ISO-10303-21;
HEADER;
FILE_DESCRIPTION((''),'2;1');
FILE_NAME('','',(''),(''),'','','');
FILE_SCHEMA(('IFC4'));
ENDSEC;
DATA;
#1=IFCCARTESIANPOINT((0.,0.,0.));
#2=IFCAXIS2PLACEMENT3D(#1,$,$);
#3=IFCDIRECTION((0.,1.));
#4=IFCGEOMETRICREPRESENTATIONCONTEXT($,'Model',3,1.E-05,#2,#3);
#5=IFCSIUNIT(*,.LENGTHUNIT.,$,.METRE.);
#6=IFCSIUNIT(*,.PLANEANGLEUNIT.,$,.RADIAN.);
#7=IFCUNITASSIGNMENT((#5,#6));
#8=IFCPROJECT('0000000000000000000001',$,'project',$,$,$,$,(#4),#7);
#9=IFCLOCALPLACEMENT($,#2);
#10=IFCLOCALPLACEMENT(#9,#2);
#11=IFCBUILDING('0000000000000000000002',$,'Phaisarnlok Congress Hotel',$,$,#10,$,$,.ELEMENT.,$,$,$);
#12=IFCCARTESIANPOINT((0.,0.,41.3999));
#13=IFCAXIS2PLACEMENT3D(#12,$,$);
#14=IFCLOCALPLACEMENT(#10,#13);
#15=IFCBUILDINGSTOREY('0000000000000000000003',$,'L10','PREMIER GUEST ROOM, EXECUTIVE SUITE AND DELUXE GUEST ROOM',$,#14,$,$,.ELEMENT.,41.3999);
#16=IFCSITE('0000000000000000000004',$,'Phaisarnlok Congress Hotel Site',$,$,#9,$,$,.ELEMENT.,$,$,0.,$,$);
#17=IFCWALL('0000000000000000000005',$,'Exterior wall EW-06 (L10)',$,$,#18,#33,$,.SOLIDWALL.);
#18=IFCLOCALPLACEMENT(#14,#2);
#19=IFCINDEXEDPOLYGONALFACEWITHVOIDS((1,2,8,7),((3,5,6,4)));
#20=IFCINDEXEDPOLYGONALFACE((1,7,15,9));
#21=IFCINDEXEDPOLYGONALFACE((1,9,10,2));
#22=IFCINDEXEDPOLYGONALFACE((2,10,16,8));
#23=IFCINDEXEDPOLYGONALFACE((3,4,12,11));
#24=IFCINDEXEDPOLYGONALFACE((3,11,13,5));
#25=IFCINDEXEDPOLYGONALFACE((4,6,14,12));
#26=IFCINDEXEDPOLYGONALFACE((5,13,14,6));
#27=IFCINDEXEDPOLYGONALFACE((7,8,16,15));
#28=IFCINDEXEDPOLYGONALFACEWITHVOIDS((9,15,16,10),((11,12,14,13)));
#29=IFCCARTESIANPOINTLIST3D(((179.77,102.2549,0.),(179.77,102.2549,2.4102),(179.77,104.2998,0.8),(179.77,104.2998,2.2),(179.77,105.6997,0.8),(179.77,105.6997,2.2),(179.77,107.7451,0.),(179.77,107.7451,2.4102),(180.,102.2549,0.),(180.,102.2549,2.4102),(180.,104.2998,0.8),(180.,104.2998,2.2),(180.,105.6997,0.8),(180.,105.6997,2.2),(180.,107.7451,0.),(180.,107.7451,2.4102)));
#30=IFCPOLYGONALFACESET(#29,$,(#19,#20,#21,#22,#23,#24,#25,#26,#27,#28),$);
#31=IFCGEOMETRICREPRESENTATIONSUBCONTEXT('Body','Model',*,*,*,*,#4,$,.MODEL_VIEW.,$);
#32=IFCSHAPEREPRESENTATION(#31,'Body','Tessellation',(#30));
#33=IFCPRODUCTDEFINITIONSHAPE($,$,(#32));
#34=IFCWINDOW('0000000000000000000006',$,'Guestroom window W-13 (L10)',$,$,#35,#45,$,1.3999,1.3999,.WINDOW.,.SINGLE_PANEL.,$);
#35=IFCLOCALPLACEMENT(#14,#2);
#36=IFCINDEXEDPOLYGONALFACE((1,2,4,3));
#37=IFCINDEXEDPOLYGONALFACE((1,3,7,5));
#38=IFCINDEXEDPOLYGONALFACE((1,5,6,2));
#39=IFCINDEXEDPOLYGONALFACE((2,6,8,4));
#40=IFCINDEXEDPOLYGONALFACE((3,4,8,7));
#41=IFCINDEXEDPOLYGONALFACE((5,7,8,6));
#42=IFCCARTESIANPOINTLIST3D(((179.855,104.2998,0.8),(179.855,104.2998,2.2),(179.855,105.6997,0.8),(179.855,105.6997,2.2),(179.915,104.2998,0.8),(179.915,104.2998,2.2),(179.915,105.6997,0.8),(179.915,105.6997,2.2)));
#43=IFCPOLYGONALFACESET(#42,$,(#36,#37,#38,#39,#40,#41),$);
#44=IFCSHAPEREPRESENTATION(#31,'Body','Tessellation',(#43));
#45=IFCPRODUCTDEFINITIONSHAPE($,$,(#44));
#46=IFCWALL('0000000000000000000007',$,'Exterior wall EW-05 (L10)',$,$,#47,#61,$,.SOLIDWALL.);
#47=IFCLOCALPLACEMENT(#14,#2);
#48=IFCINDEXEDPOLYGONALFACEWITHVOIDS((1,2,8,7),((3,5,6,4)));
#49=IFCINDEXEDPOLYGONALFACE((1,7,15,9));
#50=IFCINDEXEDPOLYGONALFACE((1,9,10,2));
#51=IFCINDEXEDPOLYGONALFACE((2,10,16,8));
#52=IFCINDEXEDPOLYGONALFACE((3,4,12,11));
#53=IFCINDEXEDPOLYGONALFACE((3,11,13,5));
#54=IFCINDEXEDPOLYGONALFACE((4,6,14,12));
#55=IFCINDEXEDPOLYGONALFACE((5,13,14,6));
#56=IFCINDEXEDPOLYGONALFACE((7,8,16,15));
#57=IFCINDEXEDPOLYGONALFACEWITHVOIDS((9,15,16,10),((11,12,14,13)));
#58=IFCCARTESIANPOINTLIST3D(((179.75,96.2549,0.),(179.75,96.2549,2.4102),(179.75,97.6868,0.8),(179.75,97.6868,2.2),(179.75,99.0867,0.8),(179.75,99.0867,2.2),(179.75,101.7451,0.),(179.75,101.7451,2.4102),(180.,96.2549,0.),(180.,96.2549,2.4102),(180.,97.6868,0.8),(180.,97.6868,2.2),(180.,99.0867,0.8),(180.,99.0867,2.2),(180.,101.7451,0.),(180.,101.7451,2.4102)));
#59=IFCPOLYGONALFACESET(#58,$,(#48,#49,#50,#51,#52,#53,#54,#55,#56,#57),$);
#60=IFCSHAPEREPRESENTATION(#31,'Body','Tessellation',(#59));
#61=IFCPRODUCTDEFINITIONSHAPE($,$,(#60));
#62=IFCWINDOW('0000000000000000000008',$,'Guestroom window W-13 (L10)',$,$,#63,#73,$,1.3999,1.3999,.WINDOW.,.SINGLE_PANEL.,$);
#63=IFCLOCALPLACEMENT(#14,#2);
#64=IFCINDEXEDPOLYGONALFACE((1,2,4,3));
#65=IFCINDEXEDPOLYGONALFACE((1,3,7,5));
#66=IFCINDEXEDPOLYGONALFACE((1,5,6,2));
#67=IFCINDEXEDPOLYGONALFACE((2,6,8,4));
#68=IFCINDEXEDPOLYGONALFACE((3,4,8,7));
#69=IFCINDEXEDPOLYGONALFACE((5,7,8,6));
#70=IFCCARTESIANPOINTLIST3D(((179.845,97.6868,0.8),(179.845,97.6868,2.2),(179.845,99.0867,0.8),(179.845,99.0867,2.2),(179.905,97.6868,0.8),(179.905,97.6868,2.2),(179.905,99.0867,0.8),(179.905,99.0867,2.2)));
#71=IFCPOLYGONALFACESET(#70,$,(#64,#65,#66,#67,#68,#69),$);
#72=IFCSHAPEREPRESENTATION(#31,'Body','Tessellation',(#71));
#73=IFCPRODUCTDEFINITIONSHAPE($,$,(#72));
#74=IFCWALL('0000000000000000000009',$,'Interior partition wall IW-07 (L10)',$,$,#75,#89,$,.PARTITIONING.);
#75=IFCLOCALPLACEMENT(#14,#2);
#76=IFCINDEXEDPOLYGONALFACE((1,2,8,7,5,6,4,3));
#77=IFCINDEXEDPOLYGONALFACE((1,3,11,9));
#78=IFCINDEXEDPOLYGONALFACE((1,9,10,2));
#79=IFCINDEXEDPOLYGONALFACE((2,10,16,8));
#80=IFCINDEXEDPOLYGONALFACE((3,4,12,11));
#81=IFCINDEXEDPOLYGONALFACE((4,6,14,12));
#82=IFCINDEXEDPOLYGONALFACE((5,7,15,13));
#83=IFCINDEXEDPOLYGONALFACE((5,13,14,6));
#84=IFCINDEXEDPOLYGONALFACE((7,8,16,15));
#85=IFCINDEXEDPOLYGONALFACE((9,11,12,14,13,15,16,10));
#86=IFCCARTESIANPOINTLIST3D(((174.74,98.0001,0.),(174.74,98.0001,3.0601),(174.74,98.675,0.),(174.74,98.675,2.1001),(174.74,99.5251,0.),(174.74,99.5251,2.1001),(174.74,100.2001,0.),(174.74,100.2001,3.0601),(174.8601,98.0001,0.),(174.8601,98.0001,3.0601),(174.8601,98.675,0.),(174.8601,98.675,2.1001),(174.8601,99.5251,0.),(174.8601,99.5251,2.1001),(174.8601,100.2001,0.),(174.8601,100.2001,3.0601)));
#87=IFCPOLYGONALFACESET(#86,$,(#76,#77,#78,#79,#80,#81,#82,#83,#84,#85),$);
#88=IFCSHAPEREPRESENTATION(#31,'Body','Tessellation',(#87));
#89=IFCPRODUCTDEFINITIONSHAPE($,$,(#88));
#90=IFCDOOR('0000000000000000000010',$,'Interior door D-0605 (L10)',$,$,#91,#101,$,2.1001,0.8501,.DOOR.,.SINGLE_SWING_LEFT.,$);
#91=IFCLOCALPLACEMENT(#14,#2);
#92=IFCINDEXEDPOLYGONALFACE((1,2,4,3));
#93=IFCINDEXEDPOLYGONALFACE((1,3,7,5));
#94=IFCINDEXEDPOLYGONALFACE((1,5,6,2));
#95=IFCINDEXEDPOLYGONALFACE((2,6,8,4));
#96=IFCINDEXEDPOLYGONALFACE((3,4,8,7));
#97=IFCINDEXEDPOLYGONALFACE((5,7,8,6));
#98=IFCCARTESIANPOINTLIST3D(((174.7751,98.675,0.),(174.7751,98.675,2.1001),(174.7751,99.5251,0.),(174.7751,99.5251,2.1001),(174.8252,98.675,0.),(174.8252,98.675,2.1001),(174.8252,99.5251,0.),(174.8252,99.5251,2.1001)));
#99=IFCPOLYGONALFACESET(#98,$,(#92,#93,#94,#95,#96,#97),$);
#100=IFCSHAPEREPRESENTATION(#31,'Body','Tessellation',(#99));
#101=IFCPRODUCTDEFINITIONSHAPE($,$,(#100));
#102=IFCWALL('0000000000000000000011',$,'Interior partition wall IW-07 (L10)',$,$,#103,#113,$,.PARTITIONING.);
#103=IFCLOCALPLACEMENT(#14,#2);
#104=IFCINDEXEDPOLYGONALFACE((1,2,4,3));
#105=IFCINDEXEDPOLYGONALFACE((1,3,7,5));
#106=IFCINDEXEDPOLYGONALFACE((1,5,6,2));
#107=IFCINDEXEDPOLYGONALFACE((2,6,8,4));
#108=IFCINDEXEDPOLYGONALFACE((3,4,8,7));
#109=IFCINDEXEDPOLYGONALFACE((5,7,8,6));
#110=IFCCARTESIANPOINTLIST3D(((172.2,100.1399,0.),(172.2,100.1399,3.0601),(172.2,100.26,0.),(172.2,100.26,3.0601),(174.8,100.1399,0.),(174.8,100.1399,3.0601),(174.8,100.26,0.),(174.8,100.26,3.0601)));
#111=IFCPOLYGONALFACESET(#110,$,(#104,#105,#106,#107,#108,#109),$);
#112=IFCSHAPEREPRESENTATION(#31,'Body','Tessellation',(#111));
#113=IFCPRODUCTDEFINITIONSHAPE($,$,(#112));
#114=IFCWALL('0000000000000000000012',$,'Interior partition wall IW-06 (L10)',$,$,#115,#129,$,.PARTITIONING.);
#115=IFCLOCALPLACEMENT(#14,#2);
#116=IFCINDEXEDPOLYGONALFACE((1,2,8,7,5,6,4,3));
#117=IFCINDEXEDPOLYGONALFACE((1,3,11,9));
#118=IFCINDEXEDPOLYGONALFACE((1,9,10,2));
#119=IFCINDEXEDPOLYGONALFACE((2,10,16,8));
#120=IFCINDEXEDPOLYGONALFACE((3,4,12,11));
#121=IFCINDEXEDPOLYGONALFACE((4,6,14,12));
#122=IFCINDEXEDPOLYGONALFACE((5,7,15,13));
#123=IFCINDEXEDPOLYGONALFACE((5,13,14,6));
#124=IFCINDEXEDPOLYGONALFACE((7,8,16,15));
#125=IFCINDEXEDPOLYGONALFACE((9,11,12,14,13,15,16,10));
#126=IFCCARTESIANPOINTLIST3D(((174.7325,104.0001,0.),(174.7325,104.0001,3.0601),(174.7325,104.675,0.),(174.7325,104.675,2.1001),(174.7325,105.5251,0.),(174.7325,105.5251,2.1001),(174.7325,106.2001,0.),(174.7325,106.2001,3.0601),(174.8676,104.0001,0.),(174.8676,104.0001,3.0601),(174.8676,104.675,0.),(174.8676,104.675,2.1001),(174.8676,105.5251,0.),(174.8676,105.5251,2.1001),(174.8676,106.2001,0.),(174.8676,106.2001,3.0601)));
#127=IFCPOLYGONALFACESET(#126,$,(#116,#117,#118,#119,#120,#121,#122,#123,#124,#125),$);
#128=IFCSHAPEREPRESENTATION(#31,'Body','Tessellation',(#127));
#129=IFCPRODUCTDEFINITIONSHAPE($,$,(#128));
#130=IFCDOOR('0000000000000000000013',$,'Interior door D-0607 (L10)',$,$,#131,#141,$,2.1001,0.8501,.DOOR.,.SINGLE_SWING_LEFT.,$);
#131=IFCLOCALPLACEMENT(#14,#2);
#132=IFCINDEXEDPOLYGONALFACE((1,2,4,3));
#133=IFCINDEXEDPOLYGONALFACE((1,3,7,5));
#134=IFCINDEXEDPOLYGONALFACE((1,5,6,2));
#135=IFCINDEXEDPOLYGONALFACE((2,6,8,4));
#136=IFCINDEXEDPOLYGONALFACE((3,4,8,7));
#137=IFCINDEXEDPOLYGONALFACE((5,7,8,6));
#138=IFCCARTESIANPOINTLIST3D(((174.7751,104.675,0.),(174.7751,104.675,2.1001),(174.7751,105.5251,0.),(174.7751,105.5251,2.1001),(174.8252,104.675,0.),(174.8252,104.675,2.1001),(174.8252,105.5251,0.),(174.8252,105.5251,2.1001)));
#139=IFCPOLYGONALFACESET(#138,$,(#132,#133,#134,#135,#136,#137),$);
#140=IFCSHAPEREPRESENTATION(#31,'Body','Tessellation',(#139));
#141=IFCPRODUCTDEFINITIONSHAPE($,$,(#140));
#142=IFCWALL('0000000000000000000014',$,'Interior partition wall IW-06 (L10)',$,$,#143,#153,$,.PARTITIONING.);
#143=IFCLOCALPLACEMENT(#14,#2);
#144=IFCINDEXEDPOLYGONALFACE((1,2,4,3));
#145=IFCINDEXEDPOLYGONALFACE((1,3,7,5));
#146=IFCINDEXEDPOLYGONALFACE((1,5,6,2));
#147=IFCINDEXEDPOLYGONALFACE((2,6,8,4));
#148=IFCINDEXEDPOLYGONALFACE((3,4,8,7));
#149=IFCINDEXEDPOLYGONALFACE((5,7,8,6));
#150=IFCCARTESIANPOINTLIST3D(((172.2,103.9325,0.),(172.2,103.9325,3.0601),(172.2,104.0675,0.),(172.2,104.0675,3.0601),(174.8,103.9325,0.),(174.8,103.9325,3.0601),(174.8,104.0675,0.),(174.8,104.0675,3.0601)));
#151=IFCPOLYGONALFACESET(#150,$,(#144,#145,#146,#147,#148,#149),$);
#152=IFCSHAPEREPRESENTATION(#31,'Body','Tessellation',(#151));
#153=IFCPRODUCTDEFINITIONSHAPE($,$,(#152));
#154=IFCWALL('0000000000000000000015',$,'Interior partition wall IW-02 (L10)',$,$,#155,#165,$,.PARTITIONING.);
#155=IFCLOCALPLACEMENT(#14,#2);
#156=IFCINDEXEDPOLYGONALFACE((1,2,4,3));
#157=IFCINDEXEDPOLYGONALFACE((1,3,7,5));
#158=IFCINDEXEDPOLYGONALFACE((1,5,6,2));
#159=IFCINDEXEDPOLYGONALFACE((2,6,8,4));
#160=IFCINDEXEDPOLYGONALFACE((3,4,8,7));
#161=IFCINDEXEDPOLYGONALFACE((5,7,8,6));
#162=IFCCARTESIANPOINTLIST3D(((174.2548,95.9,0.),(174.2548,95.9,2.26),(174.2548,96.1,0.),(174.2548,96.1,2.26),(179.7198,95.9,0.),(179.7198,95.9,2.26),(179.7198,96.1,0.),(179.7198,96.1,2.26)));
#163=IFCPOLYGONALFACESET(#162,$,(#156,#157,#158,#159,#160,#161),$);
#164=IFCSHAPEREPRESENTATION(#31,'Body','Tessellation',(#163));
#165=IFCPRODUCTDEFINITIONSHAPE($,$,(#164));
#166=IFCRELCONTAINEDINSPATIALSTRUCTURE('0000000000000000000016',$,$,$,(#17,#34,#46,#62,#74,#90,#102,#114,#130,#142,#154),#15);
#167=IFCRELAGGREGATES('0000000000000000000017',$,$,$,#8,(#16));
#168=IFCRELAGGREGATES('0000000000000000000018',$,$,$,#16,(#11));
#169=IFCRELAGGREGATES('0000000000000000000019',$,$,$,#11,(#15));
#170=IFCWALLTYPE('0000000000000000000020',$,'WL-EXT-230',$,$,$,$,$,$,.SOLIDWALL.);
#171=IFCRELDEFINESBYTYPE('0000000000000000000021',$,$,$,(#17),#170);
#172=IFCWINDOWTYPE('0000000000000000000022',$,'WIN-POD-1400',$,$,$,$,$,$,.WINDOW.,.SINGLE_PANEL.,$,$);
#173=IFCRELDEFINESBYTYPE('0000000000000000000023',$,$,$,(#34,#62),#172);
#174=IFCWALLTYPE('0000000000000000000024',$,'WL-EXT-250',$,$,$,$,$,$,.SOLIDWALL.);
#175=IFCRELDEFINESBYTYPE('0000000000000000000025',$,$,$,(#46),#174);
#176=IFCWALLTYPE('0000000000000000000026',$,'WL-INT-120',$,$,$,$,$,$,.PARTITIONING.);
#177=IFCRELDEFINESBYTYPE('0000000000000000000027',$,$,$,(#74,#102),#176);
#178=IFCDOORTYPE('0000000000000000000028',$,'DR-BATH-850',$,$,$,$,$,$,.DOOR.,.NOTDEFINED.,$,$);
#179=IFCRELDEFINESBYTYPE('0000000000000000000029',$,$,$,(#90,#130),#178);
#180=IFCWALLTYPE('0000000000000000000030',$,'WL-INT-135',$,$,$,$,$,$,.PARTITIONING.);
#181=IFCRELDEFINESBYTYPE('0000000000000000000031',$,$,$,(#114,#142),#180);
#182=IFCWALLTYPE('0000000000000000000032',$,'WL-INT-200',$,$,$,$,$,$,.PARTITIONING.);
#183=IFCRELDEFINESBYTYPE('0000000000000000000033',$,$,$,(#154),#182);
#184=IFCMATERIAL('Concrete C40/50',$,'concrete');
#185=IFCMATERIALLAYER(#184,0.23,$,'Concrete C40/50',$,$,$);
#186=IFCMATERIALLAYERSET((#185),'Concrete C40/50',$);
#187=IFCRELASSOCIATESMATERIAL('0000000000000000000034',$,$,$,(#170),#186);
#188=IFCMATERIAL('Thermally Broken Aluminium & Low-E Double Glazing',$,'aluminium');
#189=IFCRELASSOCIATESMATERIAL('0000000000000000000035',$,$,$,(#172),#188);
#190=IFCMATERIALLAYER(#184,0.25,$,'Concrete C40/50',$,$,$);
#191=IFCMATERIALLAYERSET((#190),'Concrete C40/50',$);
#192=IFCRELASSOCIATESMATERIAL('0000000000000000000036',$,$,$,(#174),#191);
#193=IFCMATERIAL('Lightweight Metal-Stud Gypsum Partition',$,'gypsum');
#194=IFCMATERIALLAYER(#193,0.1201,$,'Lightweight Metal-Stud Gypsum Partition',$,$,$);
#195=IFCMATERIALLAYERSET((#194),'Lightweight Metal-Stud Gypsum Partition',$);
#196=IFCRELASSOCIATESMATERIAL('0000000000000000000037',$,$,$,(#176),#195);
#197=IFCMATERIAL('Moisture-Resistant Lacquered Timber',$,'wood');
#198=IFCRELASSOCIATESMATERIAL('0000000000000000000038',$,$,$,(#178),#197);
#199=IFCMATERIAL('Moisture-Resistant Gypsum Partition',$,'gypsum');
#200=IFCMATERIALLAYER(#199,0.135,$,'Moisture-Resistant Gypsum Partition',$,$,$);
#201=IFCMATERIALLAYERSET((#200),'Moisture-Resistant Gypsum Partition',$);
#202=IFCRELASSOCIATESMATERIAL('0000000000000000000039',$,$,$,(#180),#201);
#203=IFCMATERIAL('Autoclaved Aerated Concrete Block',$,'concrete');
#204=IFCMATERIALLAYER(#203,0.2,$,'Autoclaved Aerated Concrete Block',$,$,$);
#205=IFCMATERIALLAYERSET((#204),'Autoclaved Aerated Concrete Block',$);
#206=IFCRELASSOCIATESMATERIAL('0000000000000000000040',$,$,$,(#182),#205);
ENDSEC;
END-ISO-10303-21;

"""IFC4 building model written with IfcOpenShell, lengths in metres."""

from ifc_helpers import new_model, si_unit, direction, frame, frame_2d, origin, place, context, subcontext, project, spatial, rectangle, extrude, material, layer, layer_set, type_object, element, fill, save


model = new_model("IFC4")

# Units and contexts
model_context = context("Model", 3, precision=1e-05, world=origin(), true_north=direction((0.0, 1.0)))
body_context = subcontext(model_context, "Body", "Model", "MODEL_VIEW")
ifc_project = project(units=[si_unit("LENGTHUNIT", "METRE"), si_unit("PLANEANGLEUNIT", "RADIAN")], contexts=[model_context])

# Site, building, storey
site_placement = place(None, origin())
site = spatial("IfcSite", under=ifc_project, at=site_placement, Name="Phaisarnlok Congress Hotel Site", CompositionType="ELEMENT", RefElevation=0.0)
building_placement = place(site_placement, origin())
building = spatial("IfcBuilding", under=site, at=building_placement, Name="Phaisarnlok Congress Hotel", CompositionType="ELEMENT")
storey_placement = place(building_placement, frame((0.0, 0.0, 41.3999)))
storey = spatial("IfcBuildingStorey", under=building, at=storey_placement, Name="L10", Description="PREMIER GUEST ROOM, EXECUTIVE SUITE AND DELUXE GUEST ROOM", CompositionType="ELEMENT", Elevation=41.3999)

# Shared definitions
ifc_material_1 = material(Name="Concrete C40/50", Category="concrete")

# Walls, openings, windows
ifc_layer_1 = layer(ifc_material_1, 0.23, Name="Concrete C40/50")
ifc_layer_set_1 = layer_set([ifc_layer_1], Name="Concrete C40/50")
wall_type_1 = type_object("IfcWallType", Name="WL-EXT-230", PredefinedType="SOLIDWALL", material=ifc_layer_set_1)
wall_1_placement = place(storey_placement, frame((179.885, 102.2549, 0.0), z_axis=(0.0, 0.0, 1.0), x_axis=(0.0, 1.0, 0.0)))
wall_1 = element("IfcWall", 1, at=wall_1_placement, inside=storey, type_object=wall_type_1, Name="Exterior wall EW-06 (L10)", PredefinedType="SOLIDWALL", context=body_context, shape_type="SweptSolid", body=[
    extrude(rectangle(XDim=5.4902, YDim=0.23, at=frame_2d((2.7451, 0.0))), origin(), (0.0, 0.0, 1.0), 2.4102),
])
opening_1_placement = place(wall_1_placement, frame((2.0449, 0.0, 0.8)))
opening_1 = element("IfcOpeningElement", 2, at=opening_1_placement, cuts=wall_1, PredefinedType="OPENING", context=body_context, shape_type="SweptSolid", body=[
    extrude(rectangle(XDim=1.3999, YDim=1.3999, at=frame_2d((0.7, 0.7))), frame((0.0, 0.125, 0.0), z_axis=(0.0, -1.0, 0.0), x_axis=(1.0, 0.0, 0.0)), (0.0, 0.0, 1.0), 0.25),
])
ifc_material_2 = material(Name="Thermally Broken Aluminium & Low-E Double Glazing", Category="aluminium")
window_type = type_object("IfcWindowType", Name="WIN-POD-1400", PartitioningType="SINGLE_PANEL", PredefinedType="WINDOW", material=ifc_material_2)
window_1_placement = place(opening_1_placement, origin())
window_1 = element("IfcWindow", 3, at=window_1_placement, inside=storey, type_object=window_type, Name="Guestroom window W-13 (L10)", OverallHeight=1.3999, OverallWidth=1.3999, PartitioningType="SINGLE_PANEL", PredefinedType="WINDOW", context=body_context, shape_type="SweptSolid", body=[
    extrude(rectangle(XDim=1.3999, YDim=1.3999, at=frame_2d((0.7, 0.7))), frame((0.0, 0.03, 0.0), z_axis=(0.0, -1.0, 0.0), x_axis=(1.0, 0.0, 0.0)), (0.0, 0.0, 1.0), 0.0601),
])
fill(opening_1, window_1)
ifc_layer_2 = layer(ifc_material_1, 0.25, Name="Concrete C40/50")
ifc_layer_set_2 = layer_set([ifc_layer_2], Name="Concrete C40/50")
wall_type_2 = type_object("IfcWallType", Name="WL-EXT-250", PredefinedType="SOLIDWALL", material=ifc_layer_set_2)
wall_2_placement = place(storey_placement, frame((179.875, 96.2549, 0.0), z_axis=(0.0, 0.0, 1.0), x_axis=(0.0, 1.0, 0.0)))
wall_2 = element("IfcWall", 4, at=wall_2_placement, inside=storey, type_object=wall_type_2, Name="Exterior wall EW-05 (L10)", PredefinedType="SOLIDWALL", context=body_context, shape_type="SweptSolid", body=[
    extrude(rectangle(XDim=5.4902, YDim=0.25, at=frame_2d((2.7451, 0.0))), origin(), (0.0, 0.0, 1.0), 2.4102),
])
opening_2_placement = place(wall_2_placement, frame((1.4319, 0.0, 0.8)))
opening_2 = element("IfcOpeningElement", 5, at=opening_2_placement, cuts=wall_2, PredefinedType="OPENING", context=body_context, shape_type="SweptSolid", body=[
    extrude(rectangle(XDim=1.3999, YDim=1.3999, at=frame_2d((0.7, 0.7))), frame((0.0, 0.135, 0.0), z_axis=(0.0, -1.0, 0.0), x_axis=(1.0, 0.0, 0.0)), (0.0, 0.0, 1.0), 0.27),
])
window_2_placement = place(opening_2_placement, origin())
window_2 = element("IfcWindow", 6, at=window_2_placement, inside=storey, type_object=window_type, Name="Guestroom window W-13 (L10)", OverallHeight=1.3999, OverallWidth=1.3999, PartitioningType="SINGLE_PANEL", PredefinedType="WINDOW", context=body_context, shape_type="SweptSolid", body=[
    extrude(rectangle(XDim=1.3999, YDim=1.3999, at=frame_2d((0.7, 0.7))), frame((0.0, 0.03, 0.0), z_axis=(0.0, -1.0, 0.0), x_axis=(1.0, 0.0, 0.0)), (0.0, 0.0, 1.0), 0.0601),
])
fill(opening_2, window_2)

# Wall, opening, door
ifc_material_3 = material(Name="Lightweight Metal-Stud Gypsum Partition", Category="gypsum")
ifc_layer_3 = layer(ifc_material_3, 0.1201, Name="Lightweight Metal-Stud Gypsum Partition")
ifc_layer_set_3 = layer_set([ifc_layer_3], Name="Lightweight Metal-Stud Gypsum Partition")
wall_type_3 = type_object("IfcWallType", Name="WL-INT-120", PredefinedType="PARTITIONING", material=ifc_layer_set_3)
wall_3_placement = place(storey_placement, frame((174.8, 98.0, 0.0), z_axis=(0.0, 0.0, 1.0), x_axis=(0.0, 1.0, 0.0)))
wall_3 = element("IfcWall", 7, at=wall_3_placement, inside=storey, type_object=wall_type_3, Name="Interior partition wall IW-07 (L10)", PredefinedType="PARTITIONING", context=body_context, shape_type="SweptSolid", body=[
    extrude(rectangle(XDim=2.2, YDim=0.1201, at=frame_2d((1.1001, 0.0))), origin(), (0.0, 0.0, 1.0), 3.0601),
])
opening_3_placement = place(wall_3_placement, frame((0.675, 0.0, 0.0)))
opening_3 = element("IfcOpeningElement", 8, at=opening_3_placement, cuts=wall_3, PredefinedType="OPENING", context=body_context, shape_type="SweptSolid", body=[
    extrude(rectangle(XDim=0.8501, YDim=2.1001, at=frame_2d((0.425, 1.05))), frame((0.0, 0.0701, 0.0), z_axis=(0.0, -1.0, 0.0), x_axis=(1.0, 0.0, 0.0)), (0.0, 0.0, 1.0), 0.1401),
])
ifc_material_4 = material(Name="Moisture-Resistant Lacquered Timber", Category="wood")
door_type = type_object("IfcDoorType", Name="DR-BATH-850", OperationType="NOTDEFINED", PredefinedType="DOOR", material=ifc_material_4)
door_1_placement = place(opening_3_placement, origin())
door_1 = element("IfcDoor", 9, at=door_1_placement, inside=storey, type_object=door_type, Name="Interior door D-0605 (L10)", OperationType="SINGLE_SWING_LEFT", OverallHeight=2.1001, OverallWidth=0.8501, PredefinedType="DOOR", context=body_context, shape_type="SweptSolid", body=[
    extrude(rectangle(XDim=0.8501, YDim=2.1001, at=frame_2d((0.425, 1.05))), frame((0.0, 0.0249, 0.0), z_axis=(0.0, -1.0, 0.0), x_axis=(1.0, 0.0, 0.0)), (0.0, 0.0, 1.0), 0.05),
])
fill(opening_3, door_1)

# Wall
wall_4_placement = place(storey_placement, frame((172.2, 100.2, 0.0), z_axis=(0.0, 0.0, 1.0), x_axis=(1.0, 0.0, 0.0)))
element("IfcWall", 10, at=wall_4_placement, inside=storey, type_object=wall_type_3, Name="Interior partition wall IW-07 (L10)", PredefinedType="PARTITIONING", context=body_context, shape_type="SweptSolid", body=[
    extrude(rectangle(XDim=2.6001, YDim=0.1201, at=frame_2d((1.3, 0.0))), origin(), (0.0, 0.0, 1.0), 3.0601),
])

# Wall, opening, door
ifc_material_5 = material(Name="Moisture-Resistant Gypsum Partition", Category="gypsum")
ifc_layer_4 = layer(ifc_material_5, 0.135, Name="Moisture-Resistant Gypsum Partition")
ifc_layer_set_4 = layer_set([ifc_layer_4], Name="Moisture-Resistant Gypsum Partition")
wall_type_4 = type_object("IfcWallType", Name="WL-INT-135", PredefinedType="PARTITIONING", material=ifc_layer_set_4)
wall_5_placement = place(storey_placement, frame((174.8, 104.0, 0.0), z_axis=(0.0, 0.0, 1.0), x_axis=(0.0, 1.0, 0.0)))
wall_5 = element("IfcWall", 11, at=wall_5_placement, inside=storey, type_object=wall_type_4, Name="Interior partition wall IW-06 (L10)", PredefinedType="PARTITIONING", context=body_context, shape_type="SweptSolid", body=[
    extrude(rectangle(XDim=2.2, YDim=0.135, at=frame_2d((1.1001, 0.0))), origin(), (0.0, 0.0, 1.0), 3.0601),
])
opening_4_placement = place(wall_5_placement, frame((0.675, 0.0, 0.0)))
opening_4 = element("IfcOpeningElement", 12, at=opening_4_placement, cuts=wall_5, PredefinedType="OPENING", context=body_context, shape_type="SweptSolid", body=[
    extrude(rectangle(XDim=0.8501, YDim=2.1001, at=frame_2d((0.425, 1.05))), frame((0.0, 0.0776, 0.0), z_axis=(0.0, -1.0, 0.0), x_axis=(1.0, 0.0, 0.0)), (0.0, 0.0, 1.0), 0.155),
])
door_2_placement = place(opening_4_placement, origin())
door_2 = element("IfcDoor", 13, at=door_2_placement, inside=storey, type_object=door_type, Name="Interior door D-0607 (L10)", OperationType="SINGLE_SWING_LEFT", OverallHeight=2.1001, OverallWidth=0.8501, PredefinedType="DOOR", context=body_context, shape_type="SweptSolid", body=[
    extrude(rectangle(XDim=0.8501, YDim=2.1001, at=frame_2d((0.425, 1.05))), frame((0.0, 0.0249, 0.0), z_axis=(0.0, -1.0, 0.0), x_axis=(1.0, 0.0, 0.0)), (0.0, 0.0, 1.0), 0.05),
])
fill(opening_4, door_2)

# Walls
wall_6_placement = place(storey_placement, frame((172.2, 104.0, 0.0), z_axis=(0.0, 0.0, 1.0), x_axis=(1.0, 0.0, 0.0)))
element("IfcWall", 14, at=wall_6_placement, inside=storey, type_object=wall_type_4, Name="Interior partition wall IW-06 (L10)", PredefinedType="PARTITIONING", context=body_context, shape_type="SweptSolid", body=[
    extrude(rectangle(XDim=2.6001, YDim=0.135, at=frame_2d((1.3, 0.0))), origin(), (0.0, 0.0, 1.0), 3.0601),
])
ifc_material_6 = material(Name="Autoclaved Aerated Concrete Block", Category="concrete")
ifc_layer_5 = layer(ifc_material_6, 0.2, Name="Autoclaved Aerated Concrete Block")
ifc_layer_set_5 = layer_set([ifc_layer_5], Name="Autoclaved Aerated Concrete Block")
wall_type_5 = type_object("IfcWallType", Name="WL-INT-200", PredefinedType="PARTITIONING", material=ifc_layer_set_5)
wall_7_placement = place(storey_placement, frame((174.2549, 96.0, 0.0), z_axis=(0.0, 0.0, 1.0), x_axis=(1.0, 0.0, 0.0)))
element("IfcWall", 15, at=wall_7_placement, inside=storey, type_object=wall_type_5, Name="Interior partition wall IW-02 (L10)", PredefinedType="PARTITIONING", context=body_context, shape_type="SweptSolid", body=[
    extrude(rectangle(XDim=5.4651, YDim=0.2, at=frame_2d((2.7324, 0.0))), origin(), (0.0, 0.0, 1.0), 2.26),
])

save(model, "model.ifc")
